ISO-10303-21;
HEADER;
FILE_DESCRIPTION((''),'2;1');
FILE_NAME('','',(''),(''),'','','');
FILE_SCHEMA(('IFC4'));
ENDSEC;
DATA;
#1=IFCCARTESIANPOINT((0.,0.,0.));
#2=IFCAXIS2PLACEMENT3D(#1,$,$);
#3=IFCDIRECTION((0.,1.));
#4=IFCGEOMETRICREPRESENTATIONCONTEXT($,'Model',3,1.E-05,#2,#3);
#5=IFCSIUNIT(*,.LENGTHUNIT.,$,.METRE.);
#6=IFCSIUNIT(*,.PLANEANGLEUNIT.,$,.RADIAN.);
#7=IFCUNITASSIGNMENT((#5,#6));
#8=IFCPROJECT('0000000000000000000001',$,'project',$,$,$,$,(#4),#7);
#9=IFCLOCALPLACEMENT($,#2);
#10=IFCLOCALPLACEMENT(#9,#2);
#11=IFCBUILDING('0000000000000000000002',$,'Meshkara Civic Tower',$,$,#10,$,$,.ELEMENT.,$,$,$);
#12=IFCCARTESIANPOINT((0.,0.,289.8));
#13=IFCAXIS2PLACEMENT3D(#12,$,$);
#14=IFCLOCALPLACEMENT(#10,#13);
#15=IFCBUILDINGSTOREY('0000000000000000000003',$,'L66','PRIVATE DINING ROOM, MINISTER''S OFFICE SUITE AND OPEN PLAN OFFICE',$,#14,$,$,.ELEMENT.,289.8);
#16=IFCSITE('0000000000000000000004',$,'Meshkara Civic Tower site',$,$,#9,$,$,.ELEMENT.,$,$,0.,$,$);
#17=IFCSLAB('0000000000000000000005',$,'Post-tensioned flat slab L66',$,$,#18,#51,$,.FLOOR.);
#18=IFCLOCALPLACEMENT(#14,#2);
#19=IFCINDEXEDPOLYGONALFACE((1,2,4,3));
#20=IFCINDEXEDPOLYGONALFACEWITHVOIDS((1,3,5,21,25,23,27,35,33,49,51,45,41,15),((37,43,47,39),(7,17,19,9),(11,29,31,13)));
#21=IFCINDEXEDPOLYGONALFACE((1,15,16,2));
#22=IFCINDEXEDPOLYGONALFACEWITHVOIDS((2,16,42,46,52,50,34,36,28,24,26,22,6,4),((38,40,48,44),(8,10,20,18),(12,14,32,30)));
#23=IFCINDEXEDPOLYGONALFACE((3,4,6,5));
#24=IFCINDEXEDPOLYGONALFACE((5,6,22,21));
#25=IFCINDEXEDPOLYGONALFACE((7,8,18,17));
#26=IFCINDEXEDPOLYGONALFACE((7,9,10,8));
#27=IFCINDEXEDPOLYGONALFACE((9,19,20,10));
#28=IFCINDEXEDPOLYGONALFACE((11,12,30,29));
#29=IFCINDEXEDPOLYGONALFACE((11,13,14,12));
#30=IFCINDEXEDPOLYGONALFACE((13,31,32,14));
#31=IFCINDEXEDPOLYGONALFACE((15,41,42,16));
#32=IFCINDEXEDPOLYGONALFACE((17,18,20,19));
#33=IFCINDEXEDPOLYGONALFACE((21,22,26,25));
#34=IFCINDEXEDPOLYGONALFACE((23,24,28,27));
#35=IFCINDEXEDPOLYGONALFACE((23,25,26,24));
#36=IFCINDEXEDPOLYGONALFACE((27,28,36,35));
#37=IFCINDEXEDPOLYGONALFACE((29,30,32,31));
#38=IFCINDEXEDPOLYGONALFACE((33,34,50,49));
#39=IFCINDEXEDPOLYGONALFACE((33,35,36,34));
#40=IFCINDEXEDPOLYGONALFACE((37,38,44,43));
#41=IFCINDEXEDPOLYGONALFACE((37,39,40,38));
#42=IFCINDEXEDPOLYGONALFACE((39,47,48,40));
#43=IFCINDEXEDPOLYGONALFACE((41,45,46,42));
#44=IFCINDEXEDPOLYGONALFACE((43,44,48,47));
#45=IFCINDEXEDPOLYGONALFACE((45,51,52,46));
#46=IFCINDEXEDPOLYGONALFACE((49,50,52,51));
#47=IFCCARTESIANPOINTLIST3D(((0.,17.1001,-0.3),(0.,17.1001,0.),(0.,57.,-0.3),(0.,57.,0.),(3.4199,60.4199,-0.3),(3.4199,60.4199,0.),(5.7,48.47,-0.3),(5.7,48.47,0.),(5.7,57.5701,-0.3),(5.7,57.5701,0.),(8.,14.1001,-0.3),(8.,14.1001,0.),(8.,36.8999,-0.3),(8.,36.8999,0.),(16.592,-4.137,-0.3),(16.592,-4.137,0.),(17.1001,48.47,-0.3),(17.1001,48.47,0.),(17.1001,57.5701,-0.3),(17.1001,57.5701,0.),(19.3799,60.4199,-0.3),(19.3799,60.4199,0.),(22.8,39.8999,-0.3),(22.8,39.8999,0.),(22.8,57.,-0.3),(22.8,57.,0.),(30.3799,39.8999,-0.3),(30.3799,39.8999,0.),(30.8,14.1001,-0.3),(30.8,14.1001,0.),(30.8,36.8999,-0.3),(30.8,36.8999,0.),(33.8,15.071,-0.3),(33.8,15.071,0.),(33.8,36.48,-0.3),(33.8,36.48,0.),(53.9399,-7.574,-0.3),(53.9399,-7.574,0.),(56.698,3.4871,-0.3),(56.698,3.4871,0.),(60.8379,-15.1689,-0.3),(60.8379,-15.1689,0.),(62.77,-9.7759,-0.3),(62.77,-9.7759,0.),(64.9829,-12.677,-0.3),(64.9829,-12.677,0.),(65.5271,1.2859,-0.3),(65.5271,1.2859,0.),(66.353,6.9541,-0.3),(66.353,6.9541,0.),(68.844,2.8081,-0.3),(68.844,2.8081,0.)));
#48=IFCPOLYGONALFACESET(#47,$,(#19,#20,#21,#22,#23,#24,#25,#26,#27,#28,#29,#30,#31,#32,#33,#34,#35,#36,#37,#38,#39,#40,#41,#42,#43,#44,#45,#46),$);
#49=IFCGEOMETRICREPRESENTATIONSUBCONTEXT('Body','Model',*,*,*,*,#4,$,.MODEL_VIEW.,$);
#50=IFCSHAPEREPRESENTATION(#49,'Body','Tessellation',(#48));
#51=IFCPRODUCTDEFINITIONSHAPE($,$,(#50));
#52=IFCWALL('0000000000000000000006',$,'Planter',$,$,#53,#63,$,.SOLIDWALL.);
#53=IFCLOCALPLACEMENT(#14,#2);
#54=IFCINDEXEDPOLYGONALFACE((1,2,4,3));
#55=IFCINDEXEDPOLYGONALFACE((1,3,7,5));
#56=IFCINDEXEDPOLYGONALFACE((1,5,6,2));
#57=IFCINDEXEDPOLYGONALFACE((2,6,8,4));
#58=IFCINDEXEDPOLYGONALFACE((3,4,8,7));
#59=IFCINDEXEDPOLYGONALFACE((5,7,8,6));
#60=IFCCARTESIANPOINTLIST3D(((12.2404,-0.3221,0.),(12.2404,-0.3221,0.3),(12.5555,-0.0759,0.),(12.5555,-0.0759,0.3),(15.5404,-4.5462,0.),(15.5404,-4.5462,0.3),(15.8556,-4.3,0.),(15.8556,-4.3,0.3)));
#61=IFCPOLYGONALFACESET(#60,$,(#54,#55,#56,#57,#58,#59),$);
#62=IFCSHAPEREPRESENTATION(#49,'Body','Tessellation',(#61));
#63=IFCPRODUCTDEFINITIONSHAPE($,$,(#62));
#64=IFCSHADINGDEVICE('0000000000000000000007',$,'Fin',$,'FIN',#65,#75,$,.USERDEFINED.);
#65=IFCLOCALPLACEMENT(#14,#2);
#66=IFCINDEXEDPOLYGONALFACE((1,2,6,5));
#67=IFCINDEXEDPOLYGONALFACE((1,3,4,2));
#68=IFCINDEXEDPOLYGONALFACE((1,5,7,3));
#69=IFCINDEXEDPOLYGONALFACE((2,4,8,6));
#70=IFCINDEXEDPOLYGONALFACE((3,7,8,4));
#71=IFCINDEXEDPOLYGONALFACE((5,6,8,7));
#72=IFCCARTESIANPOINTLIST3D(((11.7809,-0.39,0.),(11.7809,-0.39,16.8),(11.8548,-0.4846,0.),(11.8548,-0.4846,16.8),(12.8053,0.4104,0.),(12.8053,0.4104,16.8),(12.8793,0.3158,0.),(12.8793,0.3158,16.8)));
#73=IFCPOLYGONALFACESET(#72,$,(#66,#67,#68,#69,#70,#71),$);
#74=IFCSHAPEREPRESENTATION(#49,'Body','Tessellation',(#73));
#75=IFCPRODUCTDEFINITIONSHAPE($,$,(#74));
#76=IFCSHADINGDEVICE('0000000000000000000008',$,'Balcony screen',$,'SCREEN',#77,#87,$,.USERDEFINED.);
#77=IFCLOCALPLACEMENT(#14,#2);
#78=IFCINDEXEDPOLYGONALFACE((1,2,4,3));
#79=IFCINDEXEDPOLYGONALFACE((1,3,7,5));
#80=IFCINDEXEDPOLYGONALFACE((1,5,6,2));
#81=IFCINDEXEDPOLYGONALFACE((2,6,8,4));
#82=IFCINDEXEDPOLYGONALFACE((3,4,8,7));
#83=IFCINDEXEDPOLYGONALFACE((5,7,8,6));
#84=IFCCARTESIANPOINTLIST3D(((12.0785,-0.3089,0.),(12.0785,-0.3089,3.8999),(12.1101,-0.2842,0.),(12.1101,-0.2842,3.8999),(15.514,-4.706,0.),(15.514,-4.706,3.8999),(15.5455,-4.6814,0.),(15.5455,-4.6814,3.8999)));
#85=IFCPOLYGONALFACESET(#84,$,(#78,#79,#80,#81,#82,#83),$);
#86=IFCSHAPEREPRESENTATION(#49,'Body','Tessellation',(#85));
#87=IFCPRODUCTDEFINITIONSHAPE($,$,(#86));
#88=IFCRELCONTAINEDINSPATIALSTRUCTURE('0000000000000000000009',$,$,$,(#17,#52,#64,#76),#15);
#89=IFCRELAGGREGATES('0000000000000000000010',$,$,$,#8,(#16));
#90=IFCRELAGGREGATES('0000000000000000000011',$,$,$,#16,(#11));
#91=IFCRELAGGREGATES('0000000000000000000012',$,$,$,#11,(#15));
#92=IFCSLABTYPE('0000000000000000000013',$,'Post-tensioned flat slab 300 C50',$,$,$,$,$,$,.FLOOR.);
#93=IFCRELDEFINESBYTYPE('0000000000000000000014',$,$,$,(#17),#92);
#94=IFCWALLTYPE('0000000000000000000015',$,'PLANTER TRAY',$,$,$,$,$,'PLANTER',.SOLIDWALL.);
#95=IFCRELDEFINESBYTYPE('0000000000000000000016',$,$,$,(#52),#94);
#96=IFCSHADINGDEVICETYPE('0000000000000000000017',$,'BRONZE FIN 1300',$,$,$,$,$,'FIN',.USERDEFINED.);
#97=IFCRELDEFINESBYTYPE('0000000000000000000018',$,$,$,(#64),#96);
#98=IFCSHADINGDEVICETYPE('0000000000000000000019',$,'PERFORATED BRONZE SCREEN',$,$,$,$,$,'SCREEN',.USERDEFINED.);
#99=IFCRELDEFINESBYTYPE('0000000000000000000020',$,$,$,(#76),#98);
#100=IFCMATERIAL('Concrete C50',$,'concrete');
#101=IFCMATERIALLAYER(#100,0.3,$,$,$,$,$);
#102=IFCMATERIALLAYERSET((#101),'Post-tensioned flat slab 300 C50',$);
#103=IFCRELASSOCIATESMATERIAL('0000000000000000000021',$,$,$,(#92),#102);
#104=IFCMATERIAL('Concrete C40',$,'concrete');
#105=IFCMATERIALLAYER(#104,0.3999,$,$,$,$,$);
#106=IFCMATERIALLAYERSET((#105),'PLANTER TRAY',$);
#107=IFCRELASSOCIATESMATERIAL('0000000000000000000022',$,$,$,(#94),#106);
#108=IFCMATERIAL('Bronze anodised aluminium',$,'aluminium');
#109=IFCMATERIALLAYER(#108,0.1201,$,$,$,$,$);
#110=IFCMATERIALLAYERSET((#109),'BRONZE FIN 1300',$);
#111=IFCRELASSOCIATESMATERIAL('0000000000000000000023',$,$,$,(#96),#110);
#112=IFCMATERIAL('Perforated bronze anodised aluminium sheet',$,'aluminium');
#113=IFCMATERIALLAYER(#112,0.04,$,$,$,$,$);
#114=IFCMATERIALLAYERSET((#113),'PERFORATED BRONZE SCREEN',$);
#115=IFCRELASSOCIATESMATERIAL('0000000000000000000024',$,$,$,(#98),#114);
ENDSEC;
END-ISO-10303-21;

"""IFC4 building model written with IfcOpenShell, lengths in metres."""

from ifc_helpers import new_model, si_unit, direction, frame, frame_2d, origin, origin_2d, place, context, subcontext, project, spatial, polyline, rectangle, outline, extrude, material, layer, layer_set, type_object, element, save


model = new_model("IFC4")

# Units and contexts
model_context = context("Model", 3, precision=1e-05, world=origin(), true_north=direction((0.0, 1.0)))
body_context = subcontext(model_context, "Body", "Model", "MODEL_VIEW")
ifc_project = project(units=[si_unit("LENGTHUNIT", "METRE"), si_unit("PLANEANGLEUNIT", "RADIAN")], contexts=[model_context])

# Site, building, storey
site_placement = place(None, origin())
site = spatial("IfcSite", under=ifc_project, at=site_placement, Name="Meshkara Civic Tower site", CompositionType="ELEMENT", RefElevation=0.0)
building_placement = place(site_placement, origin())
building = spatial("IfcBuilding", under=site, at=building_placement, Name="Meshkara Civic Tower", CompositionType="ELEMENT")
storey_placement = place(building_placement, frame((0.0, 0.0, 289.8)))
storey = spatial("IfcBuildingStorey", under=building, at=storey_placement, Name="L66", Description="PRIVATE DINING ROOM, MINISTER'S OFFICE SUITE AND OPEN PLAN OFFICE", CompositionType="ELEMENT", Elevation=289.8)

# Slab
ifc_material_1 = material(Name="Concrete C50", Category="concrete")
ifc_layer_1 = layer(ifc_material_1, 0.3)
ifc_layer_set_1 = layer_set([ifc_layer_1], Name="Post-tensioned flat slab 300 C50")
slab_type_1 = type_object("IfcSlabType", Name="Post-tensioned flat slab 300 C50", PredefinedType="FLOOR", material=ifc_layer_set_1)
slab_1_placement = place(storey_placement, frame((0.0, 0.0, -0.3)))
element("IfcSlab", 1, at=slab_1_placement, inside=storey, type_object=slab_type_1, Name="Post-tensioned flat slab L66", PredefinedType="FLOOR", context=body_context, shape_type="SweptSolid", body=[
    extrude(outline(polyline([(64.9829, -12.677), (60.8379, -15.1689), (16.592, -4.137), (0.0, 17.1001), (0.0, 57.0), (3.4199, 60.4199), (19.3799, 60.4199), (22.8, 57.0), (22.8, 39.8999), (30.3799, 39.8999), (33.8, 36.48), (33.8, 15.071), (66.353, 6.9541), (68.844, 2.8081), (64.9829, -12.677)]), holes=[polyline([(62.77, -9.7759), (65.5271, 1.2859), (56.698, 3.4871), (53.9399, -7.574), (62.77, -9.7759)]), polyline([(8.0, 14.1001), (30.8, 14.1001), (30.8, 36.8999), (8.0, 36.8999), (8.0, 14.1001)]), polyline([(5.7, 57.5701), (5.7, 48.47), (17.1001, 48.47), (17.1001, 57.5701), (5.7, 57.5701)])]), origin(), (0.0, 0.0, 1.0), 0.3),
])

# Wall
ifc_material_2 = material(Name="Concrete C40", Category="concrete")
ifc_layer_2 = layer(ifc_material_2, 0.3999)
ifc_layer_set_2 = layer_set([ifc_layer_2], Name="PLANTER TRAY")
wall_type_1 = type_object("IfcWallType", Name="PLANTER TRAY", ElementType="PLANTER", PredefinedType="SOLIDWALL", material=ifc_layer_set_2)
wall_1_placement = place(storey_placement, frame((12.3979, -0.199, 0.0), z_axis=(0.0, 0.0, 1.0), x_axis=(0.615639, -0.788029, 0.0)))
element("IfcWall", 2, at=wall_1_placement, inside=storey, type_object=wall_type_1, Name="Planter", PredefinedType="SOLIDWALL", context=body_context, shape_type="SweptSolid", body=[
    extrude(rectangle(XDim=5.3604, YDim=0.3999, at=frame_2d((2.6802, 0.0))), origin(), (0.0, 0.0, 1.0), 0.3),
])

# Shading devices
ifc_material_3 = material(Name="Bronze anodised aluminium", Category="aluminium")
ifc_layer_3 = layer(ifc_material_3, 0.1201)
ifc_layer_set_3 = layer_set([ifc_layer_3], Name="BRONZE FIN 1300")
shading_device_type_1 = type_object("IfcShadingDeviceType", Name="BRONZE FIN 1300", ElementType="FIN", PredefinedType="USERDEFINED", material=ifc_layer_set_3)
shading_device_1_placement = place(storey_placement, frame((12.3301, -0.0371, 0.0), z_axis=(0.0, 0.0, 1.0), x_axis=(0.615661, -0.788011, 0.0)))
element("IfcShadingDevice", 3, at=shading_device_1_placement, inside=storey, type_object=shading_device_type_1, Name="Fin", ObjectType="FIN", PredefinedType="USERDEFINED", context=body_context, shape_type="SweptSolid", body=[
    extrude(rectangle(XDim=0.1201, YDim=1.3, at=origin_2d()), origin(), (0.0, 0.0, 1.0), 16.8),
])
ifc_material_4 = material(Name="Perforated bronze anodised aluminium sheet", Category="aluminium")
ifc_layer_4 = layer(ifc_material_4, 0.04)
ifc_layer_set_4 = layer_set([ifc_layer_4], Name="PERFORATED BRONZE SCREEN")
shading_device_type_2 = type_object("IfcShadingDeviceType", Name="PERFORATED BRONZE SCREEN", ElementType="SCREEN", PredefinedType="USERDEFINED", material=ifc_layer_set_4)
shading_device_2_placement = place(storey_placement, frame((13.812, -2.4951, 0.0), z_axis=(0.0, 0.0, 1.0), x_axis=(0.615661, -0.788011, 0.0)))
element("IfcShadingDevice", 4, at=shading_device_2_placement, inside=storey, type_object=shading_device_type_2, Name="Balcony screen", ObjectType="SCREEN", PredefinedType="USERDEFINED", context=body_context, shape_type="SweptSolid", body=[
    extrude(rectangle(XDim=5.5801, YDim=0.04, at=origin_2d()), origin(), (0.0, 0.0, 1.0), 3.8999),
])

save(model, "model.ifc")
